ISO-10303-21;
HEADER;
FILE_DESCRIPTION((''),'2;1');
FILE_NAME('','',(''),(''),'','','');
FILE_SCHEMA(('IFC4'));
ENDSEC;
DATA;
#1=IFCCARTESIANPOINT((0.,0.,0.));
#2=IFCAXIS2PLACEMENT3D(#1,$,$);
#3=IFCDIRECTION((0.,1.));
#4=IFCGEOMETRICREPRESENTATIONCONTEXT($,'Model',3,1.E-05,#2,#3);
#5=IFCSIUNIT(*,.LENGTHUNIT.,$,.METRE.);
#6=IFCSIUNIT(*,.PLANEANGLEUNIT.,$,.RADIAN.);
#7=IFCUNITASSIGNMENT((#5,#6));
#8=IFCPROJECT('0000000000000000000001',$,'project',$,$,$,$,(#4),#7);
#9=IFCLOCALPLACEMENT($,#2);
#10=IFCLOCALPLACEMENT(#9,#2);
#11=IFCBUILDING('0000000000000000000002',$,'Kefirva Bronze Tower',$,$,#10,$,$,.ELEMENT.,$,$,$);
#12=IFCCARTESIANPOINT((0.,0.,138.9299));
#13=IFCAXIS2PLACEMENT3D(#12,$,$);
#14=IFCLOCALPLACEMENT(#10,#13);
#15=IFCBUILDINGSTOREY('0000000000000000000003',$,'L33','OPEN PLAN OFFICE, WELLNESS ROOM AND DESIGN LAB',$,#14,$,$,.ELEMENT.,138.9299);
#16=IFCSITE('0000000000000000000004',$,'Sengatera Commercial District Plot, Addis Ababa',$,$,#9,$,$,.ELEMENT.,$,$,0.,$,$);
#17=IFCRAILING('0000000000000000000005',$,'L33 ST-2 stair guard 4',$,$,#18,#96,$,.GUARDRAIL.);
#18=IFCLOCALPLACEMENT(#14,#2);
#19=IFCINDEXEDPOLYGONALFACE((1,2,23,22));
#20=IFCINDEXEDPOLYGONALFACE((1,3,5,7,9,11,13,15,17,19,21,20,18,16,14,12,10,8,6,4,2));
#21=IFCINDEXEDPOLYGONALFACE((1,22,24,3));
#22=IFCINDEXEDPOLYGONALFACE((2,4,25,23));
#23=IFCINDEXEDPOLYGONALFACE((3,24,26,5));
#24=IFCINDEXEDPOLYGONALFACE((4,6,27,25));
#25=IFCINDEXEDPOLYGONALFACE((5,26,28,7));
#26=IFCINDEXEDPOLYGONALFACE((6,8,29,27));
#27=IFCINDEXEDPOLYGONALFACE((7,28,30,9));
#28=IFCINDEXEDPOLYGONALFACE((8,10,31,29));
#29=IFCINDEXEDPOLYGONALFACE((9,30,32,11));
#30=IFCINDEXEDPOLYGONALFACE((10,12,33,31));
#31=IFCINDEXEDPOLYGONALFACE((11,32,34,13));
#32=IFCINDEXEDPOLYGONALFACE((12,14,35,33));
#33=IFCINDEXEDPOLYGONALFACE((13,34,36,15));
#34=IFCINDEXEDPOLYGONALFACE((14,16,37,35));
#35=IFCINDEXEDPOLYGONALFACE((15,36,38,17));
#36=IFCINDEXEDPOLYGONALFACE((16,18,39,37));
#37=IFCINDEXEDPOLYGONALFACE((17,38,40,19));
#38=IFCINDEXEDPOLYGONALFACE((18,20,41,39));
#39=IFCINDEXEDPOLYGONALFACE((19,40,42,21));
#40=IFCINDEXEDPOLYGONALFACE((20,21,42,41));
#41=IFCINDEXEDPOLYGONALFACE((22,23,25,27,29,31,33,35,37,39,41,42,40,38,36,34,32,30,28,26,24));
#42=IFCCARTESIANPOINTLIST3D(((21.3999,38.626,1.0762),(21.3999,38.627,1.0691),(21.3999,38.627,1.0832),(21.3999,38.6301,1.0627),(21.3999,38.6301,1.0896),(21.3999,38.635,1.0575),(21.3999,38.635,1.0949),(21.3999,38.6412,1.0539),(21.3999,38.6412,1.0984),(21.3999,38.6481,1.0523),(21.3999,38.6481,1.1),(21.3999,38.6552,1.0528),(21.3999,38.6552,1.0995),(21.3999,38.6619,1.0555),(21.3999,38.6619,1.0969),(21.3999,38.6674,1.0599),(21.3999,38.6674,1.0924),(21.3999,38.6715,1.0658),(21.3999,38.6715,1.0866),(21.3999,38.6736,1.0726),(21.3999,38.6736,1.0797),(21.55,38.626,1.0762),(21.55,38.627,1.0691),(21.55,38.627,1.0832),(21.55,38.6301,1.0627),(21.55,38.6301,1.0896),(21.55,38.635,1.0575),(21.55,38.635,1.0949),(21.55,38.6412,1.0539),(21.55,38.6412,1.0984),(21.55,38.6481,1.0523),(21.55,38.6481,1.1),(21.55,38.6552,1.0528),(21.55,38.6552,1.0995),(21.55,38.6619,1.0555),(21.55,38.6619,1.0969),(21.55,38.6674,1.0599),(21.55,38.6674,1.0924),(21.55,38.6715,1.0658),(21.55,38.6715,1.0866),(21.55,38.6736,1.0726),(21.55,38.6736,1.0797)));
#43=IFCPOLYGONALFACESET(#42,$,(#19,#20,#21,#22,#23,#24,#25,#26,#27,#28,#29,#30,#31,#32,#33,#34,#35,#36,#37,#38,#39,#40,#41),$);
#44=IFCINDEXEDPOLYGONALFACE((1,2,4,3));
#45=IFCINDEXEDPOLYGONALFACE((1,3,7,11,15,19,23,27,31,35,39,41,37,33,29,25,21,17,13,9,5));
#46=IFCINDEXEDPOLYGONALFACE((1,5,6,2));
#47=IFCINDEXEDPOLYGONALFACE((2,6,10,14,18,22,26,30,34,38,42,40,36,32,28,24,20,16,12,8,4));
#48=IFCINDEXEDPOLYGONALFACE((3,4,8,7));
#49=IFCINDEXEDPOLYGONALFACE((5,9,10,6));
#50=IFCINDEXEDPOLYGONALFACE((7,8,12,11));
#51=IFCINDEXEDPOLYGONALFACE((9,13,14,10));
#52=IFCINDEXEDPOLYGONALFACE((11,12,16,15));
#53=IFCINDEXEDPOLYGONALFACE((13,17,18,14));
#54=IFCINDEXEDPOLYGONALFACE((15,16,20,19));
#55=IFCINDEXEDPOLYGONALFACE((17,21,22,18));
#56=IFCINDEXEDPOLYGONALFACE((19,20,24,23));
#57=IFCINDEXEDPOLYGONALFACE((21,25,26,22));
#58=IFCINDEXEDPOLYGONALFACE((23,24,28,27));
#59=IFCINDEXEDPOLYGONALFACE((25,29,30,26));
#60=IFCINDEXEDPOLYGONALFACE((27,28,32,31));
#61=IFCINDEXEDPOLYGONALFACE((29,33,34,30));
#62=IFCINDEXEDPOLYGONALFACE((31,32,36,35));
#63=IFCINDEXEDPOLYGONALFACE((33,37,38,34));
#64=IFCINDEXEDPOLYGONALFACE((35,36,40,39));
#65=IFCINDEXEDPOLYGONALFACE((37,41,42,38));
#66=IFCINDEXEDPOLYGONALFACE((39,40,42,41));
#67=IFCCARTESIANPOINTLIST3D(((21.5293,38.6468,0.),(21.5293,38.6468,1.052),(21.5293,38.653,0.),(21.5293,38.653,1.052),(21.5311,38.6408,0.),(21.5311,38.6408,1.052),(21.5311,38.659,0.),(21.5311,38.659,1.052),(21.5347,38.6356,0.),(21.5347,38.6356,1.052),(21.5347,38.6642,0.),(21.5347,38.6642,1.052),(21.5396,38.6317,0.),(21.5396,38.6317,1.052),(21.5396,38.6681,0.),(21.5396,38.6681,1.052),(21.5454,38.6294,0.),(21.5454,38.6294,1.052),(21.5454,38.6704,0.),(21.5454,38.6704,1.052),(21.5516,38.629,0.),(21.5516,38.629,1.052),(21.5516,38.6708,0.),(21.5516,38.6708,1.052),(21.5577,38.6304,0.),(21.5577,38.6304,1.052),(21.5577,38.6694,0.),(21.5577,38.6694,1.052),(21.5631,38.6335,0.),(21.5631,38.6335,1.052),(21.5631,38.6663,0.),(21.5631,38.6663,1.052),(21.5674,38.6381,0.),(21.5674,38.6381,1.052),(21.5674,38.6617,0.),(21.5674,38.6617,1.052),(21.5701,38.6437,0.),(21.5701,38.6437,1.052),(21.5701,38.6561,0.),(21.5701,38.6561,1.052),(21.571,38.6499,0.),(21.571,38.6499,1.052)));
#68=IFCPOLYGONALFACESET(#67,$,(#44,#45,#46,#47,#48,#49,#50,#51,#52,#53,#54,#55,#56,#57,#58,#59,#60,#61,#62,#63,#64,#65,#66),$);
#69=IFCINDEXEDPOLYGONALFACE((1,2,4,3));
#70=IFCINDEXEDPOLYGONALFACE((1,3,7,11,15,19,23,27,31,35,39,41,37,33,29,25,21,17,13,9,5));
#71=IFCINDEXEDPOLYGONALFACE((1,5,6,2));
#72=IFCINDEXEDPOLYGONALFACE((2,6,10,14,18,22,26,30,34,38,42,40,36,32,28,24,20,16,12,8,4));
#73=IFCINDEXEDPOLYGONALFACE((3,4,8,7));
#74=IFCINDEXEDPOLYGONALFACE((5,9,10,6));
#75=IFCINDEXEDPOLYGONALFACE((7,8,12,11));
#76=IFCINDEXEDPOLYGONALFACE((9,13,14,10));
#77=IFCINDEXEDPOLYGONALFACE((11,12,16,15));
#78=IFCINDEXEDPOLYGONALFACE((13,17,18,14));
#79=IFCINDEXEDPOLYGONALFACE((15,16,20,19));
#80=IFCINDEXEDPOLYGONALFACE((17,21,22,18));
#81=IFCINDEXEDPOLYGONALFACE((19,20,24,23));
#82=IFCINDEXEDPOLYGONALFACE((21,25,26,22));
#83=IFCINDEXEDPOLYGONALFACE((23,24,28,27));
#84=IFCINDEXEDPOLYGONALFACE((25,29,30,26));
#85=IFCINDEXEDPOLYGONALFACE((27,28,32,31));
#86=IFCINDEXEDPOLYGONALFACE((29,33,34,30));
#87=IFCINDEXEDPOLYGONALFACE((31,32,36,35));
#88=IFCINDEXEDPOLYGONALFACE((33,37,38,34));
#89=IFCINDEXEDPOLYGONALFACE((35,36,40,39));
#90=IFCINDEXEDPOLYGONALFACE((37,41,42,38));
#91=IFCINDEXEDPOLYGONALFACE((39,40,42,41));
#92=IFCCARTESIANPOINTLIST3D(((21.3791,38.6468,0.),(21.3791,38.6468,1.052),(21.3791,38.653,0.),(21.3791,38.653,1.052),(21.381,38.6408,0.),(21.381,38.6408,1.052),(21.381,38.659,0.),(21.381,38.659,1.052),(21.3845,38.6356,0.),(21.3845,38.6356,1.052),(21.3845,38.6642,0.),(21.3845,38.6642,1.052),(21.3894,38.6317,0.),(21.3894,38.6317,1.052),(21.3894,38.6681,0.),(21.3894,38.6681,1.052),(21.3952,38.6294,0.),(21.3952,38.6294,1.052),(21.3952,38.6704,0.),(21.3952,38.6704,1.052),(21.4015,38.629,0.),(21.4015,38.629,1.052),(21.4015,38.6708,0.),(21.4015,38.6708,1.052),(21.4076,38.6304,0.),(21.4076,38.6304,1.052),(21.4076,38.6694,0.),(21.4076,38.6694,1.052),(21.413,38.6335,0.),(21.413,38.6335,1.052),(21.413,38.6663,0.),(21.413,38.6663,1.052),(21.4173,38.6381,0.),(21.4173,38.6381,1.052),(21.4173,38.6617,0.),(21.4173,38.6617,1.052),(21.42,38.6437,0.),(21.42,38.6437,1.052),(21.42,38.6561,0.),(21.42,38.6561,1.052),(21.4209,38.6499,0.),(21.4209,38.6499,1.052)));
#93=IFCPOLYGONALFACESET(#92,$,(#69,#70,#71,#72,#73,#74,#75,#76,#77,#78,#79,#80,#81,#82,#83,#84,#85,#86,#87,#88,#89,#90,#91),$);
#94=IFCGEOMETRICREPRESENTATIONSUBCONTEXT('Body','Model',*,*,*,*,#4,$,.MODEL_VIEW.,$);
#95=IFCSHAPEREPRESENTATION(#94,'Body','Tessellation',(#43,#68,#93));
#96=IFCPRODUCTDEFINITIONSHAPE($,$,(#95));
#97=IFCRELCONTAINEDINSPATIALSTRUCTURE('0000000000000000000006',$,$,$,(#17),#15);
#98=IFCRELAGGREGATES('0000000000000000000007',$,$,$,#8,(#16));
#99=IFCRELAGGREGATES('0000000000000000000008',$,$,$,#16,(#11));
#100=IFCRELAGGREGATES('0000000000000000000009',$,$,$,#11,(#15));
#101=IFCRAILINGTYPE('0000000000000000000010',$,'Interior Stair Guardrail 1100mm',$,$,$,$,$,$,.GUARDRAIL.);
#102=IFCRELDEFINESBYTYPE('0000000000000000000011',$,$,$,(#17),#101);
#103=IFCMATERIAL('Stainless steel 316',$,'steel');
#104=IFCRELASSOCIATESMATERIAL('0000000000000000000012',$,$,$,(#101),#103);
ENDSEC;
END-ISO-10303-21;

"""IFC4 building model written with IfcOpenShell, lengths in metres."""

from ifc_helpers import new_model, si_unit, direction, frame, origin, origin_2d, place, context, subcontext, project, spatial, circle, extrude, material, type_object, element, save


model = new_model("IFC4")

# Units and contexts
model_context = context("Model", 3, precision=1e-05, world=origin(), true_north=direction((0.0, 1.0)))
body_context = subcontext(model_context, "Body", "Model", "MODEL_VIEW")
ifc_project = project(units=[si_unit("LENGTHUNIT", "METRE"), si_unit("PLANEANGLEUNIT", "RADIAN")], contexts=[model_context])

# Site, building, storey
site_placement = place(None, origin())
site = spatial("IfcSite", under=ifc_project, at=site_placement, Name="Sengatera Commercial District Plot, Addis Ababa", CompositionType="ELEMENT", RefElevation=0.0)
building_placement = place(site_placement, origin())
building = spatial("IfcBuilding", under=site, at=building_placement, Name="Kefirva Bronze Tower", CompositionType="ELEMENT")
storey_placement = place(building_placement, frame((0.0, 0.0, 138.9299)))
storey = spatial("IfcBuildingStorey", under=building, at=storey_placement, Name="L33", Description="OPEN PLAN OFFICE, WELLNESS ROOM AND DESIGN LAB", CompositionType="ELEMENT", Elevation=138.9299)

# Railing
ifc_material_1 = material(Name="Stainless steel 316", Category="steel")
railing_type = type_object("IfcRailingType", Name="Interior Stair Guardrail 1100mm", PredefinedType="GUARDRAIL", material=ifc_material_1)
railing_placement = place(storey_placement, frame((21.55, 38.6499, 0.0)))
element("IfcRailing", 1, at=railing_placement, inside=storey, type_object=railing_type, Name="L33 ST-2 stair guard 4", PredefinedType="GUARDRAIL", context=body_context, shape_type="SweptSolid", body=[
    extrude(circle(Radius=0.0239, at=origin_2d()), frame((0.0, 0.0, 1.0762), z_axis=(-1.0, 0.0, 0.0), x_axis=(0.0, -1.0, 0.0)), (0.0, 0.0, 1.0), 0.1501),
    extrude(circle(Radius=0.021, at=origin_2d()), origin(), (0.0, 0.0, 1.0), 1.052),
    extrude(circle(Radius=0.021, at=origin_2d()), frame((-0.1501, 0.0, 0.0)), (0.0, 0.0, 1.0), 1.052),
])

save(model, "model.ifc")
